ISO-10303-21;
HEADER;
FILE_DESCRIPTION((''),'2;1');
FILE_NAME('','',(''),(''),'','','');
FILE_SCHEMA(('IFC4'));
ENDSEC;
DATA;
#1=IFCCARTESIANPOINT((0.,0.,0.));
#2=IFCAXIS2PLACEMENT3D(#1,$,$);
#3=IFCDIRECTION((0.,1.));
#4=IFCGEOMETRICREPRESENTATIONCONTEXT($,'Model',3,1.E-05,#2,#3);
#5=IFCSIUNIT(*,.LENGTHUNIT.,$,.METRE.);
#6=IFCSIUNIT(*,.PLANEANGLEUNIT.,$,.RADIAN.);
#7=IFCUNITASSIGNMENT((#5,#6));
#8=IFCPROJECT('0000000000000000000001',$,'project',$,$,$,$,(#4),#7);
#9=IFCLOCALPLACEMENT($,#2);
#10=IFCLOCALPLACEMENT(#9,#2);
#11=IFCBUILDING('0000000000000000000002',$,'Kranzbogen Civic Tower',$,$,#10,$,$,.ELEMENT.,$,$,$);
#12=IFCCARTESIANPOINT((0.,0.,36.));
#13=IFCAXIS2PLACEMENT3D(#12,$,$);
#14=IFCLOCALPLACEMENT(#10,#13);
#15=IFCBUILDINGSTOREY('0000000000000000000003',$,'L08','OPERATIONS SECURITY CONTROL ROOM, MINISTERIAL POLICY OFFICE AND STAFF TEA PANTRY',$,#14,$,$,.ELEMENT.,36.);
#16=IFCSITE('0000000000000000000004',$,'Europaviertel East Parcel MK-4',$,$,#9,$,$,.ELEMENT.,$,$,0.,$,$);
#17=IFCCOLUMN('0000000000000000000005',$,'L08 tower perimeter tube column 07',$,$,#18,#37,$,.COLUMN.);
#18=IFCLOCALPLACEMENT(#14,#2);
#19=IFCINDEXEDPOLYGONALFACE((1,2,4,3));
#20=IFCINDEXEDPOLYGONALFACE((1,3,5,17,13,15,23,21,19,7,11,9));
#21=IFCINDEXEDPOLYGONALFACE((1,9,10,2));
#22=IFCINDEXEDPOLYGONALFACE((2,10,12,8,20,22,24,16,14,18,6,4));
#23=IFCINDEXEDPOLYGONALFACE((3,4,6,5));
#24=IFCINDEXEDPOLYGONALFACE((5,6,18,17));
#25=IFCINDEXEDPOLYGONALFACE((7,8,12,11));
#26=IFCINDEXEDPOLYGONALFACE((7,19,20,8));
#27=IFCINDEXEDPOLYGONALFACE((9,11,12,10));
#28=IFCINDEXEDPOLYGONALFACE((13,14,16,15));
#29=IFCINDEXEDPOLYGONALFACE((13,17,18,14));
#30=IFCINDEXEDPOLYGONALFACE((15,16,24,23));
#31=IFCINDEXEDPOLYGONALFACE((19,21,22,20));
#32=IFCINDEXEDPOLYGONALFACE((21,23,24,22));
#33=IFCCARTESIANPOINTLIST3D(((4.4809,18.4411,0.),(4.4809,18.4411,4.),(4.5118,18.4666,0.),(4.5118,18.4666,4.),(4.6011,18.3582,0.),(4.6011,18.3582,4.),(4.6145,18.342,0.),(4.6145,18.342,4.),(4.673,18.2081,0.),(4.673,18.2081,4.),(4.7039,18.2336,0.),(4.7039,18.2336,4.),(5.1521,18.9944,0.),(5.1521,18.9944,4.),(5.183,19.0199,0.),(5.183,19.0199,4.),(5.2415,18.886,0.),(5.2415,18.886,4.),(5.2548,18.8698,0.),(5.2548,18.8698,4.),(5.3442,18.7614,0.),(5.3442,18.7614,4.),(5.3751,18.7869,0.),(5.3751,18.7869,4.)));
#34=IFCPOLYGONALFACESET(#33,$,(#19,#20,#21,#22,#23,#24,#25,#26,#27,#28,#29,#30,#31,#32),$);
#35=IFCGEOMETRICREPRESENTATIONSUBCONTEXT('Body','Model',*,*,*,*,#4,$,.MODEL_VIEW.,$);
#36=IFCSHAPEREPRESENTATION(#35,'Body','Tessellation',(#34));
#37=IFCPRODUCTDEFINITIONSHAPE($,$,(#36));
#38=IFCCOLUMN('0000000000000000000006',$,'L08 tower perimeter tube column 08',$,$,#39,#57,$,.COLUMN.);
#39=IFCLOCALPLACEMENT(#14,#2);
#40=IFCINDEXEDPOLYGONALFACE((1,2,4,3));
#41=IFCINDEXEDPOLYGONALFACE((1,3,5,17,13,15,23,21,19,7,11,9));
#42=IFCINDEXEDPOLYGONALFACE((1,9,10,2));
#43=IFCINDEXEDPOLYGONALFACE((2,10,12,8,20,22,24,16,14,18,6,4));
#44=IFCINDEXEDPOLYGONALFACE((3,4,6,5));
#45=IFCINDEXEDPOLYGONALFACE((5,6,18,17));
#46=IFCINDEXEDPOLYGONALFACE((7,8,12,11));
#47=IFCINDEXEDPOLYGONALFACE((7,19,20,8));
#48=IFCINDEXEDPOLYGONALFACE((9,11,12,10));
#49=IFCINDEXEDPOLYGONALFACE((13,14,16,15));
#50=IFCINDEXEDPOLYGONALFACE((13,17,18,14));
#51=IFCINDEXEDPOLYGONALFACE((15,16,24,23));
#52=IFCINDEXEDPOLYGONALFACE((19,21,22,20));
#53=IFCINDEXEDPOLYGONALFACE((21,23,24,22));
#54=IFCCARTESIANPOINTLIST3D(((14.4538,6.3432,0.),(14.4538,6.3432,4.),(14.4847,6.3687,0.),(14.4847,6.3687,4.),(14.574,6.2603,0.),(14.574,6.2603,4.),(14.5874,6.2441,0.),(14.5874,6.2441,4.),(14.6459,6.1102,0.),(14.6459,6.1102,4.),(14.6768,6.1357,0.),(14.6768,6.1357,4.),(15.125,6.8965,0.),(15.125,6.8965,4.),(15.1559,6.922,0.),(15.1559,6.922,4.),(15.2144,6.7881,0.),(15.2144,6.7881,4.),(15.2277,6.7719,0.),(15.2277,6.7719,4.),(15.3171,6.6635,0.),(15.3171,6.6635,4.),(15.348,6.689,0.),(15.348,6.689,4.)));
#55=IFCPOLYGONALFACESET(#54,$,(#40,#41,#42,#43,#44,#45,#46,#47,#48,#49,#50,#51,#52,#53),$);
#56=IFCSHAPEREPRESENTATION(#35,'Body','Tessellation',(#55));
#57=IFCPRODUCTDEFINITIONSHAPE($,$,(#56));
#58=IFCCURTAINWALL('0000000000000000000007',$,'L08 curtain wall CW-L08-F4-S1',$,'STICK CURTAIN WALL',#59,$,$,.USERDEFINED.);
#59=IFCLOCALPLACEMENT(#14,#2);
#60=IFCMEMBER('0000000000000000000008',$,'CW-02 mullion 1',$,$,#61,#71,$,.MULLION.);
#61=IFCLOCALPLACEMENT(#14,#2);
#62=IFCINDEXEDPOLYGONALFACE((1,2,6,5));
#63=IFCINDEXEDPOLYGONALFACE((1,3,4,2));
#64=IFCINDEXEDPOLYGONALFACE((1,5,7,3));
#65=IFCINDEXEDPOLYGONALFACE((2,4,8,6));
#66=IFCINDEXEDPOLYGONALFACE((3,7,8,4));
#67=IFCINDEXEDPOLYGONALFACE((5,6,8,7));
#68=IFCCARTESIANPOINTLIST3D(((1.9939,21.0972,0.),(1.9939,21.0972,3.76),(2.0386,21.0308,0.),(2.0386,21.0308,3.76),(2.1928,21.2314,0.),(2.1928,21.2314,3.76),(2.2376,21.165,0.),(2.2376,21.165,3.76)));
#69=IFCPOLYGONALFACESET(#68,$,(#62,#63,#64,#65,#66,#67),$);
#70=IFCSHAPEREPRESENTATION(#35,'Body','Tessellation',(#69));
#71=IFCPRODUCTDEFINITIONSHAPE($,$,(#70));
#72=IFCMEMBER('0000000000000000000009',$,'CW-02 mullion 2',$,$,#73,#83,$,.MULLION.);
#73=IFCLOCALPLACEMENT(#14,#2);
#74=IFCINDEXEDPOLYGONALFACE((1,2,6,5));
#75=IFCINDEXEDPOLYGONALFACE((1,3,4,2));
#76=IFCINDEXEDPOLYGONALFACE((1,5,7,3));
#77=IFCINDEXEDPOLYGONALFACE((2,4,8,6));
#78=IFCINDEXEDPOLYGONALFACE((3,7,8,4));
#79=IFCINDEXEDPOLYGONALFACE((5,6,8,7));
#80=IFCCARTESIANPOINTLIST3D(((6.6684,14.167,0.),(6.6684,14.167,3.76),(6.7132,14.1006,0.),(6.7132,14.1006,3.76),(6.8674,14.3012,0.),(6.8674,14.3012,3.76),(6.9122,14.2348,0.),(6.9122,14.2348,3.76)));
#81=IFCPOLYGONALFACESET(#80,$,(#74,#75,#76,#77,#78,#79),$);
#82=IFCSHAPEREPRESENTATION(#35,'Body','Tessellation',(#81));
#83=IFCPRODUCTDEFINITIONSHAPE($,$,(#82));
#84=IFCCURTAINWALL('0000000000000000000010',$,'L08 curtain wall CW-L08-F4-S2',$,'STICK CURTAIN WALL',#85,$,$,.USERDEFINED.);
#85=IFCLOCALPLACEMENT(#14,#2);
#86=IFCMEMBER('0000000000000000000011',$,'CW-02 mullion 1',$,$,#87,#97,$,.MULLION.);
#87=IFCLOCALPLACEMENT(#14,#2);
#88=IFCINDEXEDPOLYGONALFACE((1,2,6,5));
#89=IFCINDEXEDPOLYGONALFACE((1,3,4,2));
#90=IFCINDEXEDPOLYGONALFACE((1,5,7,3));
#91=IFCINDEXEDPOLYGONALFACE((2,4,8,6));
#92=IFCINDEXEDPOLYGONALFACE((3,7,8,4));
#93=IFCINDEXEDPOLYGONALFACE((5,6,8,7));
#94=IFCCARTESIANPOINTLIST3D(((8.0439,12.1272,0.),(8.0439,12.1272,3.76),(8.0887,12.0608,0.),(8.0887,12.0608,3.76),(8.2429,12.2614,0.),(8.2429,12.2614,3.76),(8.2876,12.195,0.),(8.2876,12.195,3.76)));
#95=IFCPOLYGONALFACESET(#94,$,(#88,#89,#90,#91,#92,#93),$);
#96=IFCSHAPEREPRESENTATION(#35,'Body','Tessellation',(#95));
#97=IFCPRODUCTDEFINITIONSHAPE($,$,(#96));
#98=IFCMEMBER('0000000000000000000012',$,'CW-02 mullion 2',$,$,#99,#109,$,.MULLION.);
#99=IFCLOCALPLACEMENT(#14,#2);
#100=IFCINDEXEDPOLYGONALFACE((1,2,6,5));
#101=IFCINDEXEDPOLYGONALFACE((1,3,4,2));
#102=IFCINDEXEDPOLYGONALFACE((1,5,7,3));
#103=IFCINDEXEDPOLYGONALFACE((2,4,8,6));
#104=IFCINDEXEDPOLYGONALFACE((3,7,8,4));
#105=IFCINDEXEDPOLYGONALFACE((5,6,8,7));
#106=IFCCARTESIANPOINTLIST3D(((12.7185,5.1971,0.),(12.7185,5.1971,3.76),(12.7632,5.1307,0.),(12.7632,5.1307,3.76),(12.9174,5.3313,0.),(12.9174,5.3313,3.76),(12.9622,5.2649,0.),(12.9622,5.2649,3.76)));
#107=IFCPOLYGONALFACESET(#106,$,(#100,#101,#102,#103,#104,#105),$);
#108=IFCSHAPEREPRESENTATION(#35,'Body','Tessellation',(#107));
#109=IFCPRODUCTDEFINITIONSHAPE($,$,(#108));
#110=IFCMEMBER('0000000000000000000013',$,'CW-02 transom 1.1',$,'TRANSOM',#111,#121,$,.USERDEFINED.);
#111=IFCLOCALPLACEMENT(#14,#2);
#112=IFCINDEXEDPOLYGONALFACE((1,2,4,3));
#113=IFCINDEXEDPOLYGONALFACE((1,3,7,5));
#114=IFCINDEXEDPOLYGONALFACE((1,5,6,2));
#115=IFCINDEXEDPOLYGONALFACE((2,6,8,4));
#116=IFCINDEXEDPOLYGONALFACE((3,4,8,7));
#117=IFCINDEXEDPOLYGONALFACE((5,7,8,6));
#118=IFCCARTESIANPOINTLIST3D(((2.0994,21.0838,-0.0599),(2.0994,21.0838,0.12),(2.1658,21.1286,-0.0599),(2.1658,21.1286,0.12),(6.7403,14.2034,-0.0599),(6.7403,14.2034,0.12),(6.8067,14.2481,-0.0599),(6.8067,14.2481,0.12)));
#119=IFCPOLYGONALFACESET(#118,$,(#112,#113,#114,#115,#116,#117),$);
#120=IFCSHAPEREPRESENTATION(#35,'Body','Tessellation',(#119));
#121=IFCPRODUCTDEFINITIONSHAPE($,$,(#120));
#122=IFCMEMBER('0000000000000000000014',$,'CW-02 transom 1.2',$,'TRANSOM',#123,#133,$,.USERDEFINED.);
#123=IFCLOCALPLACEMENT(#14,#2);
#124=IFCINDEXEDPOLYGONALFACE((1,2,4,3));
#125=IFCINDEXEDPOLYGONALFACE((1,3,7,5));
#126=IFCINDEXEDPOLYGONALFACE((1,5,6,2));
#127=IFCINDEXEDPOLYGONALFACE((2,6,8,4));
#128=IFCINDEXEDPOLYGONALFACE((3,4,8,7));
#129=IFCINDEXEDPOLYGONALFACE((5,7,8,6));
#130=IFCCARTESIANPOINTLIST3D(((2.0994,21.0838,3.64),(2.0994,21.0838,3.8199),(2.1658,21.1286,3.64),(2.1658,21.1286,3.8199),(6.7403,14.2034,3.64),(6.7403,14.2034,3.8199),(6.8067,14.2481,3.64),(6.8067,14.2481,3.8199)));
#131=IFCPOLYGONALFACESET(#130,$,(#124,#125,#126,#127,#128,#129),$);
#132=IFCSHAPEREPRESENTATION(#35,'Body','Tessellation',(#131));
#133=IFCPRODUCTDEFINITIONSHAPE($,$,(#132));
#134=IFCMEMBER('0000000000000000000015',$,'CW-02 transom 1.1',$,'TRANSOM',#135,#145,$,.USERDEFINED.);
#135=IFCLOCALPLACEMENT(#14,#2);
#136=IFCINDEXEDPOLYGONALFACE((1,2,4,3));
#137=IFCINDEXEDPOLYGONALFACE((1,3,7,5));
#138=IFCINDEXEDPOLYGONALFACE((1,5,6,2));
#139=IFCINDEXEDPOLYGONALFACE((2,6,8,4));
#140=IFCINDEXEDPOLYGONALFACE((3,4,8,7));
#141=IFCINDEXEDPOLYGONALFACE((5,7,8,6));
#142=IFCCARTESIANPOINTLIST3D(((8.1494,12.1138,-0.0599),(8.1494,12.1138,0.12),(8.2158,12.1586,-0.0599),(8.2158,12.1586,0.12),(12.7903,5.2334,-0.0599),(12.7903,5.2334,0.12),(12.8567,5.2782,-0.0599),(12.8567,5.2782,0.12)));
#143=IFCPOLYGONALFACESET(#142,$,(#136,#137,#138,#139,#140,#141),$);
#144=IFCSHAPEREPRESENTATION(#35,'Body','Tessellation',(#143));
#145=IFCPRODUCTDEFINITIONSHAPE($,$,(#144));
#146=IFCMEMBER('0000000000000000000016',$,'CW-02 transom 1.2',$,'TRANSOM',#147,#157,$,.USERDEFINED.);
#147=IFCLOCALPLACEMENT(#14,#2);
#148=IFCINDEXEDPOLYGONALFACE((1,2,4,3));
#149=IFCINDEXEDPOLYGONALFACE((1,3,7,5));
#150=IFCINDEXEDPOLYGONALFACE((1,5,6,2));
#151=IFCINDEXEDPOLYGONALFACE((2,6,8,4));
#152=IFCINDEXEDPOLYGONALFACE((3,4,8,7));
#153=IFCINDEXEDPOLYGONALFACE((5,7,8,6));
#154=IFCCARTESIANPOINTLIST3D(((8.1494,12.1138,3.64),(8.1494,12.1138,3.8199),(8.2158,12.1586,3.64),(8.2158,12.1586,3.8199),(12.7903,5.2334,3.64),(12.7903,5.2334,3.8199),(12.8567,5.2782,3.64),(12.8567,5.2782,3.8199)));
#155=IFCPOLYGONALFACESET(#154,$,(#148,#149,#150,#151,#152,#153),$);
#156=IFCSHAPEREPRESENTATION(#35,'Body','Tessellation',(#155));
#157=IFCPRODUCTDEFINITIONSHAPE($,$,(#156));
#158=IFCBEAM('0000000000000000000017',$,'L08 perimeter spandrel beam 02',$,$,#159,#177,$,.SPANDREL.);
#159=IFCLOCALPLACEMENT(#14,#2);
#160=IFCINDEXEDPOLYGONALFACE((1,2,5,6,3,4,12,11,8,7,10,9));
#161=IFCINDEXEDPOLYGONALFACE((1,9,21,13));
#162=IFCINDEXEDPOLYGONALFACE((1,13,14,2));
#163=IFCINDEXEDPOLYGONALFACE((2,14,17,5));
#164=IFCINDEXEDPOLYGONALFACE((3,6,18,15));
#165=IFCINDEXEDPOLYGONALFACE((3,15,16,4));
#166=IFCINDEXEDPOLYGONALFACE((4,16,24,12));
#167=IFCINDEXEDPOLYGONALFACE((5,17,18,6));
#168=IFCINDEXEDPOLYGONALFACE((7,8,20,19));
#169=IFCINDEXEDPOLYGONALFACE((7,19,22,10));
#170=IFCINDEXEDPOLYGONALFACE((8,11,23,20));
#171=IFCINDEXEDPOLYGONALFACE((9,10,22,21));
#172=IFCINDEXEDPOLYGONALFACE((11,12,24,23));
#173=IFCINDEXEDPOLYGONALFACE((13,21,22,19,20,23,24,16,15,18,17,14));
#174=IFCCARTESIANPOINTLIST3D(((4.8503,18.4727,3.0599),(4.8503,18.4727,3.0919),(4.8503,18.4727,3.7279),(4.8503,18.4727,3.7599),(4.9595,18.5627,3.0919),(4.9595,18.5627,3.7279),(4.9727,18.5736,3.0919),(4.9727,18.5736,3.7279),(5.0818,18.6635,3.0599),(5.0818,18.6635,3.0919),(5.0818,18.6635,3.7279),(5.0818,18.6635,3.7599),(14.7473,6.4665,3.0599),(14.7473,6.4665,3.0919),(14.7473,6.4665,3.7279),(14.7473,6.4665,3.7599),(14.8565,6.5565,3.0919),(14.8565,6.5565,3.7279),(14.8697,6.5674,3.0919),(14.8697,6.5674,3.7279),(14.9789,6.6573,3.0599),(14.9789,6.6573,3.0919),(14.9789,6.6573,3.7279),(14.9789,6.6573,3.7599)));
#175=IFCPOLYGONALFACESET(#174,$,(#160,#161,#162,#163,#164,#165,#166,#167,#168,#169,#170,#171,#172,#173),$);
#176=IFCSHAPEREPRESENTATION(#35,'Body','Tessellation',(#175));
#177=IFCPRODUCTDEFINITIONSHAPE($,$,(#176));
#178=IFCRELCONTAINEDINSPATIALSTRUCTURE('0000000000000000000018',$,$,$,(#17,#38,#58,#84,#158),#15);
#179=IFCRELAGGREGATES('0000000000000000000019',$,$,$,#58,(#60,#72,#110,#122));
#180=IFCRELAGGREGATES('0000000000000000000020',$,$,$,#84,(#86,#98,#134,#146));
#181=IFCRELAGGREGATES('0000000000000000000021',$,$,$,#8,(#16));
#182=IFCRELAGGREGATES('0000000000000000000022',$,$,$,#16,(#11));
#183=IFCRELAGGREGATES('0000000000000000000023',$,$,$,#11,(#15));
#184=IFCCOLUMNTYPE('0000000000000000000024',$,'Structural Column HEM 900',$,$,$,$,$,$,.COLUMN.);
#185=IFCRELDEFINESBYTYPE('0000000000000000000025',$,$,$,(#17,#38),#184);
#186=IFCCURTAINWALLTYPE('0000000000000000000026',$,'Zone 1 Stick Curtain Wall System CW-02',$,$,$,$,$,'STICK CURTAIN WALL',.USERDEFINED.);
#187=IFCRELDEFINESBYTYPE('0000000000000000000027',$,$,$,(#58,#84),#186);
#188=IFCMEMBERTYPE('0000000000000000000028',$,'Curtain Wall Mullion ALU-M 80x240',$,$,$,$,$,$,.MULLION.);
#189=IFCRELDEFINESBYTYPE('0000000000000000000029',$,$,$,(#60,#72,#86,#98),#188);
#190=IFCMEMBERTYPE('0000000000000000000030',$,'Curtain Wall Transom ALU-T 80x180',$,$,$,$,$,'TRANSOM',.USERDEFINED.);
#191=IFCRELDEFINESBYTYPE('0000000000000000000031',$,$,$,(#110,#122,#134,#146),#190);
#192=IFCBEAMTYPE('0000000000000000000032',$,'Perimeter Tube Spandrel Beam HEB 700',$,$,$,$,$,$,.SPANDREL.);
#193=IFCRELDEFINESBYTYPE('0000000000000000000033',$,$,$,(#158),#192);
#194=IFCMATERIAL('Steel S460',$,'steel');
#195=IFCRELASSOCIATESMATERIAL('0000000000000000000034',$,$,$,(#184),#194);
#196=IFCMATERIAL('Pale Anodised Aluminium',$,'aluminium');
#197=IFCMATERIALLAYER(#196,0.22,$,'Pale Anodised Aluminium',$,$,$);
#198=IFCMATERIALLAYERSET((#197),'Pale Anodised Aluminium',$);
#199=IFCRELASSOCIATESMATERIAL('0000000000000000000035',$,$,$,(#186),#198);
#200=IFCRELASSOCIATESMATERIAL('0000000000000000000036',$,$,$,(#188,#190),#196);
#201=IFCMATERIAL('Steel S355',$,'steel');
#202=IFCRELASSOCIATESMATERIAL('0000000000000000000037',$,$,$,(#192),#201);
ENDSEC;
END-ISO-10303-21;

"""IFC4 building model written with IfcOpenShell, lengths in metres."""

from ifc_helpers import new_model, si_unit, direction, frame, origin, origin_2d, place, context, subcontext, project, spatial, rectangle, i_section, extrude, material, layer, layer_set, material_profile, profile_set, type_object, element, aggregate, save


model = new_model("IFC4")

# Units and contexts
model_context = context("Model", 3, precision=1e-05, world=origin(), true_north=direction((0.0, 1.0)))
body_context = subcontext(model_context, "Body", "Model", "MODEL_VIEW")
ifc_project = project(units=[si_unit("LENGTHUNIT", "METRE"), si_unit("PLANEANGLEUNIT", "RADIAN")], contexts=[model_context])

# Site, building, storey
site_placement = place(None, origin())
site = spatial("IfcSite", under=ifc_project, at=site_placement, Name="Europaviertel East Parcel MK-4", CompositionType="ELEMENT", RefElevation=0.0)
building_placement = place(site_placement, origin())
building = spatial("IfcBuilding", under=site, at=building_placement, Name="Kranzbogen Civic Tower", CompositionType="ELEMENT")
storey_placement = place(building_placement, frame((0.0, 0.0, 36.0)))
storey = spatial("IfcBuildingStorey", under=building, at=storey_placement, Name="L08", Description="OPERATIONS SECURITY CONTROL ROOM, MINISTERIAL POLICY OFFICE AND STAFF TEA PANTRY", CompositionType="ELEMENT", Elevation=36.0)

# Columns
ifc_material_1 = material(Name="Steel S460", Category="steel")
ifc_material_profile_1 = material_profile(ifc_material_1, i_section(OverallWidth=0.302, OverallDepth=0.9099, WebThickness=0.021, FlangeThickness=0.04, at=origin_2d()), Name="HEM 900")
ifc_profile_set_1 = profile_set([ifc_material_profile_1], Name="Steel S460")
column_type = type_object("IfcColumnType", Name="Structural Column HEM 900", PredefinedType="COLUMN", material=ifc_profile_set_1)
for number, where, z_axis, x_axis, name in (
    (1, (4.928, 18.614, 0.0), (0.0, 0.0, 1.0), (-0.636078, 0.771625, 0.0), "L08 tower perimeter tube column 07"),
    (2, (14.9009, 6.5161, 0.0), (0.0, 0.0, 1.0), (-0.636078, 0.771625, 0.0), "L08 tower perimeter tube column 08"),
):
    element("IfcColumn", number, at=place(storey_placement, frame(where, z_axis=z_axis, x_axis=x_axis)), inside=storey, type_object=column_type, Name=name, PredefinedType="COLUMN", context=body_context, shape_type="SweptSolid", body=[
        extrude(i_section(OverallWidth=0.302, OverallDepth=0.9099, WebThickness=0.021, FlangeThickness=0.04, at=origin_2d()), origin(), (0.0, 0.0, 1.0), 4.0),
    ])

# Curtain walls, members
ifc_material_2 = material(Name="Pale Anodised Aluminium", Category="aluminium")
ifc_layer_1 = layer(ifc_material_2, 0.22, Name="Pale Anodised Aluminium")
ifc_layer_set_1 = layer_set([ifc_layer_1], Name="Pale Anodised Aluminium")
curtain_wall_type = type_object("IfcCurtainWallType", Name="Zone 1 Stick Curtain Wall System CW-02", ElementType="STICK CURTAIN WALL", PredefinedType="USERDEFINED", material=ifc_layer_set_1)
curtain_wall_1_placement = place(storey_placement, origin())
curtain_wall_1 = element("IfcCurtainWall", 3, at=curtain_wall_1_placement, inside=storey, type_object=curtain_wall_type, Name="L08 curtain wall CW-L08-F4-S1", ObjectType="STICK CURTAIN WALL", PredefinedType="USERDEFINED")
ifc_material_profile_2 = material_profile(ifc_material_2, rectangle(XDim=0.0801, YDim=0.24, at=origin_2d()), Name="ALU-M 80x240")
ifc_profile_set_2 = profile_set([ifc_material_profile_2], Name="Pale Anodised Aluminium")
member_type_1 = type_object("IfcMemberType", Name="Curtain Wall Mullion ALU-M 80x240", PredefinedType="MULLION", material=ifc_profile_set_2)
member_1_placement = place(storey_placement, frame((2.1157, 21.1311, 0.0), z_axis=(0.0, 0.0, 1.0), x_axis=(0.559187, -0.829041, 0.0)))
member_1 = element("IfcMember", 4, at=member_1_placement, type_object=member_type_1, Name="CW-02 mullion 1", PredefinedType="MULLION", context=body_context, shape_type="SweptSolid", body=[
    extrude(rectangle(XDim=0.0801, YDim=0.24, at=origin_2d()), origin(), (0.0, 0.0, 1.0), 3.76),
])
member_2_placement = place(storey_placement, frame((6.7903, 14.2009, 0.0), z_axis=(0.0, 0.0, 1.0), x_axis=(0.559187, -0.829041, 0.0)))
member_2 = element("IfcMember", 5, at=member_2_placement, type_object=member_type_1, Name="CW-02 mullion 2", PredefinedType="MULLION", context=body_context, shape_type="SweptSolid", body=[
    extrude(rectangle(XDim=0.0801, YDim=0.24, at=origin_2d()), origin(), (0.0, 0.0, 1.0), 3.76),
])
curtain_wall_2_placement = place(storey_placement, origin())
curtain_wall_2 = element("IfcCurtainWall", 6, at=curtain_wall_2_placement, inside=storey, type_object=curtain_wall_type, Name="L08 curtain wall CW-L08-F4-S2", ObjectType="STICK CURTAIN WALL", PredefinedType="USERDEFINED")
member_3_placement = place(storey_placement, frame((8.1658, 12.1611, 0.0), z_axis=(0.0, 0.0, 1.0), x_axis=(0.559187, -0.829041, 0.0)))
member_3 = element("IfcMember", 7, at=member_3_placement, type_object=member_type_1, Name="CW-02 mullion 1", PredefinedType="MULLION", context=body_context, shape_type="SweptSolid", body=[
    extrude(rectangle(XDim=0.0801, YDim=0.24, at=origin_2d()), origin(), (0.0, 0.0, 1.0), 3.76),
])
member_4_placement = place(storey_placement, frame((12.8403, 5.231, 0.0), z_axis=(0.0, 0.0, 1.0), x_axis=(0.559187, -0.829041, 0.0)))
member_4 = element("IfcMember", 8, at=member_4_placement, type_object=member_type_1, Name="CW-02 mullion 2", PredefinedType="MULLION", context=body_context, shape_type="SweptSolid", body=[
    extrude(rectangle(XDim=0.0801, YDim=0.24, at=origin_2d()), origin(), (0.0, 0.0, 1.0), 3.76),
])

# Members
ifc_material_profile_3 = material_profile(ifc_material_2, rectangle(XDim=0.0801, YDim=0.1799, at=origin_2d()), Name="ALU-T 80x180")
ifc_profile_set_3 = profile_set([ifc_material_profile_3], Name="Pale Anodised Aluminium")
member_type_2 = type_object("IfcMemberType", Name="Curtain Wall Transom ALU-T 80x180", ElementType="TRANSOM", PredefinedType="USERDEFINED", material=ifc_profile_set_3)
member_5_placement = place(storey_placement, frame((2.1326, 21.1062, 0.03), z_axis=(0.559193, -0.829038, 0.0), x_axis=(0.829038, 0.559193, 0.0)))
member_5 = element("IfcMember", 9, at=member_5_placement, type_object=member_type_2, Name="CW-02 transom 1.1", ObjectType="TRANSOM", PredefinedType="USERDEFINED", context=body_context, shape_type="SweptSolid", body=[
    extrude(rectangle(XDim=0.0801, YDim=0.1799, at=origin_2d()), origin(), (0.0, 0.0, 1.0), 8.2993),
])
member_6_placement = place(storey_placement, frame((2.1326, 21.1062, 3.73), z_axis=(0.559193, -0.829038, 0.0), x_axis=(0.829038, 0.559193, 0.0)))
member_6 = element("IfcMember", 10, at=member_6_placement, type_object=member_type_2, Name="CW-02 transom 1.2", ObjectType="TRANSOM", PredefinedType="USERDEFINED", context=body_context, shape_type="SweptSolid", body=[
    extrude(rectangle(XDim=0.0801, YDim=0.1799, at=origin_2d()), origin(), (0.0, 0.0, 1.0), 8.2993),
])
member_7_placement = place(storey_placement, frame((8.1826, 12.1362, 0.03), z_axis=(0.559193, -0.829038, 0.0), x_axis=(0.829038, 0.559193, 0.0)))
member_7 = element("IfcMember", 11, at=member_7_placement, type_object=member_type_2, Name="CW-02 transom 1.1", ObjectType="TRANSOM", PredefinedType="USERDEFINED", context=body_context, shape_type="SweptSolid", body=[
    extrude(rectangle(XDim=0.0801, YDim=0.1799, at=origin_2d()), origin(), (0.0, 0.0, 1.0), 8.2993),
])
member_8_placement = place(storey_placement, frame((8.1826, 12.1362, 3.73), z_axis=(0.559193, -0.829038, 0.0), x_axis=(0.829038, 0.559193, 0.0)))
member_8 = element("IfcMember", 12, at=member_8_placement, type_object=member_type_2, Name="CW-02 transom 1.2", ObjectType="TRANSOM", PredefinedType="USERDEFINED", context=body_context, shape_type="SweptSolid", body=[
    extrude(rectangle(XDim=0.0801, YDim=0.1799, at=origin_2d()), origin(), (0.0, 0.0, 1.0), 8.2993),
])

# Beam
ifc_material_3 = material(Name="Steel S355", Category="steel")
ifc_material_profile_4 = material_profile(ifc_material_3, i_section(OverallWidth=0.3, OverallDepth=0.7, WebThickness=0.0171, FlangeThickness=0.032, at=origin_2d()), Name="HEB 700")
ifc_profile_set_4 = profile_set([ifc_material_profile_4], Name="Steel S355")
beam_type_1 = type_object("IfcBeamType", Name="Perimeter Tube Spandrel Beam HEB 700", PredefinedType="SPANDREL", material=ifc_profile_set_4)
beam_1_placement = place(storey_placement, frame((4.9661, 18.5681, 3.4099), z_axis=(0.636075, -0.771628, 0.0), x_axis=(0.771628, 0.636075, 0.0)))
element("IfcBeam", 13, at=beam_1_placement, inside=storey, type_object=beam_type_1, Name="L08 perimeter spandrel beam 02", PredefinedType="SPANDREL", context=body_context, shape_type="SweptSolid", body=[
    extrude(i_section(OverallWidth=0.3, OverallDepth=0.7, WebThickness=0.0171, FlangeThickness=0.032, at=origin_2d()), origin(), (0.0, 0.0, 1.0), 15.5596),
])

aggregate(curtain_wall_1, [member_1, member_2, member_5, member_6])
aggregate(curtain_wall_2, [member_3, member_4, member_7, member_8])

save(model, "model.ifc")
